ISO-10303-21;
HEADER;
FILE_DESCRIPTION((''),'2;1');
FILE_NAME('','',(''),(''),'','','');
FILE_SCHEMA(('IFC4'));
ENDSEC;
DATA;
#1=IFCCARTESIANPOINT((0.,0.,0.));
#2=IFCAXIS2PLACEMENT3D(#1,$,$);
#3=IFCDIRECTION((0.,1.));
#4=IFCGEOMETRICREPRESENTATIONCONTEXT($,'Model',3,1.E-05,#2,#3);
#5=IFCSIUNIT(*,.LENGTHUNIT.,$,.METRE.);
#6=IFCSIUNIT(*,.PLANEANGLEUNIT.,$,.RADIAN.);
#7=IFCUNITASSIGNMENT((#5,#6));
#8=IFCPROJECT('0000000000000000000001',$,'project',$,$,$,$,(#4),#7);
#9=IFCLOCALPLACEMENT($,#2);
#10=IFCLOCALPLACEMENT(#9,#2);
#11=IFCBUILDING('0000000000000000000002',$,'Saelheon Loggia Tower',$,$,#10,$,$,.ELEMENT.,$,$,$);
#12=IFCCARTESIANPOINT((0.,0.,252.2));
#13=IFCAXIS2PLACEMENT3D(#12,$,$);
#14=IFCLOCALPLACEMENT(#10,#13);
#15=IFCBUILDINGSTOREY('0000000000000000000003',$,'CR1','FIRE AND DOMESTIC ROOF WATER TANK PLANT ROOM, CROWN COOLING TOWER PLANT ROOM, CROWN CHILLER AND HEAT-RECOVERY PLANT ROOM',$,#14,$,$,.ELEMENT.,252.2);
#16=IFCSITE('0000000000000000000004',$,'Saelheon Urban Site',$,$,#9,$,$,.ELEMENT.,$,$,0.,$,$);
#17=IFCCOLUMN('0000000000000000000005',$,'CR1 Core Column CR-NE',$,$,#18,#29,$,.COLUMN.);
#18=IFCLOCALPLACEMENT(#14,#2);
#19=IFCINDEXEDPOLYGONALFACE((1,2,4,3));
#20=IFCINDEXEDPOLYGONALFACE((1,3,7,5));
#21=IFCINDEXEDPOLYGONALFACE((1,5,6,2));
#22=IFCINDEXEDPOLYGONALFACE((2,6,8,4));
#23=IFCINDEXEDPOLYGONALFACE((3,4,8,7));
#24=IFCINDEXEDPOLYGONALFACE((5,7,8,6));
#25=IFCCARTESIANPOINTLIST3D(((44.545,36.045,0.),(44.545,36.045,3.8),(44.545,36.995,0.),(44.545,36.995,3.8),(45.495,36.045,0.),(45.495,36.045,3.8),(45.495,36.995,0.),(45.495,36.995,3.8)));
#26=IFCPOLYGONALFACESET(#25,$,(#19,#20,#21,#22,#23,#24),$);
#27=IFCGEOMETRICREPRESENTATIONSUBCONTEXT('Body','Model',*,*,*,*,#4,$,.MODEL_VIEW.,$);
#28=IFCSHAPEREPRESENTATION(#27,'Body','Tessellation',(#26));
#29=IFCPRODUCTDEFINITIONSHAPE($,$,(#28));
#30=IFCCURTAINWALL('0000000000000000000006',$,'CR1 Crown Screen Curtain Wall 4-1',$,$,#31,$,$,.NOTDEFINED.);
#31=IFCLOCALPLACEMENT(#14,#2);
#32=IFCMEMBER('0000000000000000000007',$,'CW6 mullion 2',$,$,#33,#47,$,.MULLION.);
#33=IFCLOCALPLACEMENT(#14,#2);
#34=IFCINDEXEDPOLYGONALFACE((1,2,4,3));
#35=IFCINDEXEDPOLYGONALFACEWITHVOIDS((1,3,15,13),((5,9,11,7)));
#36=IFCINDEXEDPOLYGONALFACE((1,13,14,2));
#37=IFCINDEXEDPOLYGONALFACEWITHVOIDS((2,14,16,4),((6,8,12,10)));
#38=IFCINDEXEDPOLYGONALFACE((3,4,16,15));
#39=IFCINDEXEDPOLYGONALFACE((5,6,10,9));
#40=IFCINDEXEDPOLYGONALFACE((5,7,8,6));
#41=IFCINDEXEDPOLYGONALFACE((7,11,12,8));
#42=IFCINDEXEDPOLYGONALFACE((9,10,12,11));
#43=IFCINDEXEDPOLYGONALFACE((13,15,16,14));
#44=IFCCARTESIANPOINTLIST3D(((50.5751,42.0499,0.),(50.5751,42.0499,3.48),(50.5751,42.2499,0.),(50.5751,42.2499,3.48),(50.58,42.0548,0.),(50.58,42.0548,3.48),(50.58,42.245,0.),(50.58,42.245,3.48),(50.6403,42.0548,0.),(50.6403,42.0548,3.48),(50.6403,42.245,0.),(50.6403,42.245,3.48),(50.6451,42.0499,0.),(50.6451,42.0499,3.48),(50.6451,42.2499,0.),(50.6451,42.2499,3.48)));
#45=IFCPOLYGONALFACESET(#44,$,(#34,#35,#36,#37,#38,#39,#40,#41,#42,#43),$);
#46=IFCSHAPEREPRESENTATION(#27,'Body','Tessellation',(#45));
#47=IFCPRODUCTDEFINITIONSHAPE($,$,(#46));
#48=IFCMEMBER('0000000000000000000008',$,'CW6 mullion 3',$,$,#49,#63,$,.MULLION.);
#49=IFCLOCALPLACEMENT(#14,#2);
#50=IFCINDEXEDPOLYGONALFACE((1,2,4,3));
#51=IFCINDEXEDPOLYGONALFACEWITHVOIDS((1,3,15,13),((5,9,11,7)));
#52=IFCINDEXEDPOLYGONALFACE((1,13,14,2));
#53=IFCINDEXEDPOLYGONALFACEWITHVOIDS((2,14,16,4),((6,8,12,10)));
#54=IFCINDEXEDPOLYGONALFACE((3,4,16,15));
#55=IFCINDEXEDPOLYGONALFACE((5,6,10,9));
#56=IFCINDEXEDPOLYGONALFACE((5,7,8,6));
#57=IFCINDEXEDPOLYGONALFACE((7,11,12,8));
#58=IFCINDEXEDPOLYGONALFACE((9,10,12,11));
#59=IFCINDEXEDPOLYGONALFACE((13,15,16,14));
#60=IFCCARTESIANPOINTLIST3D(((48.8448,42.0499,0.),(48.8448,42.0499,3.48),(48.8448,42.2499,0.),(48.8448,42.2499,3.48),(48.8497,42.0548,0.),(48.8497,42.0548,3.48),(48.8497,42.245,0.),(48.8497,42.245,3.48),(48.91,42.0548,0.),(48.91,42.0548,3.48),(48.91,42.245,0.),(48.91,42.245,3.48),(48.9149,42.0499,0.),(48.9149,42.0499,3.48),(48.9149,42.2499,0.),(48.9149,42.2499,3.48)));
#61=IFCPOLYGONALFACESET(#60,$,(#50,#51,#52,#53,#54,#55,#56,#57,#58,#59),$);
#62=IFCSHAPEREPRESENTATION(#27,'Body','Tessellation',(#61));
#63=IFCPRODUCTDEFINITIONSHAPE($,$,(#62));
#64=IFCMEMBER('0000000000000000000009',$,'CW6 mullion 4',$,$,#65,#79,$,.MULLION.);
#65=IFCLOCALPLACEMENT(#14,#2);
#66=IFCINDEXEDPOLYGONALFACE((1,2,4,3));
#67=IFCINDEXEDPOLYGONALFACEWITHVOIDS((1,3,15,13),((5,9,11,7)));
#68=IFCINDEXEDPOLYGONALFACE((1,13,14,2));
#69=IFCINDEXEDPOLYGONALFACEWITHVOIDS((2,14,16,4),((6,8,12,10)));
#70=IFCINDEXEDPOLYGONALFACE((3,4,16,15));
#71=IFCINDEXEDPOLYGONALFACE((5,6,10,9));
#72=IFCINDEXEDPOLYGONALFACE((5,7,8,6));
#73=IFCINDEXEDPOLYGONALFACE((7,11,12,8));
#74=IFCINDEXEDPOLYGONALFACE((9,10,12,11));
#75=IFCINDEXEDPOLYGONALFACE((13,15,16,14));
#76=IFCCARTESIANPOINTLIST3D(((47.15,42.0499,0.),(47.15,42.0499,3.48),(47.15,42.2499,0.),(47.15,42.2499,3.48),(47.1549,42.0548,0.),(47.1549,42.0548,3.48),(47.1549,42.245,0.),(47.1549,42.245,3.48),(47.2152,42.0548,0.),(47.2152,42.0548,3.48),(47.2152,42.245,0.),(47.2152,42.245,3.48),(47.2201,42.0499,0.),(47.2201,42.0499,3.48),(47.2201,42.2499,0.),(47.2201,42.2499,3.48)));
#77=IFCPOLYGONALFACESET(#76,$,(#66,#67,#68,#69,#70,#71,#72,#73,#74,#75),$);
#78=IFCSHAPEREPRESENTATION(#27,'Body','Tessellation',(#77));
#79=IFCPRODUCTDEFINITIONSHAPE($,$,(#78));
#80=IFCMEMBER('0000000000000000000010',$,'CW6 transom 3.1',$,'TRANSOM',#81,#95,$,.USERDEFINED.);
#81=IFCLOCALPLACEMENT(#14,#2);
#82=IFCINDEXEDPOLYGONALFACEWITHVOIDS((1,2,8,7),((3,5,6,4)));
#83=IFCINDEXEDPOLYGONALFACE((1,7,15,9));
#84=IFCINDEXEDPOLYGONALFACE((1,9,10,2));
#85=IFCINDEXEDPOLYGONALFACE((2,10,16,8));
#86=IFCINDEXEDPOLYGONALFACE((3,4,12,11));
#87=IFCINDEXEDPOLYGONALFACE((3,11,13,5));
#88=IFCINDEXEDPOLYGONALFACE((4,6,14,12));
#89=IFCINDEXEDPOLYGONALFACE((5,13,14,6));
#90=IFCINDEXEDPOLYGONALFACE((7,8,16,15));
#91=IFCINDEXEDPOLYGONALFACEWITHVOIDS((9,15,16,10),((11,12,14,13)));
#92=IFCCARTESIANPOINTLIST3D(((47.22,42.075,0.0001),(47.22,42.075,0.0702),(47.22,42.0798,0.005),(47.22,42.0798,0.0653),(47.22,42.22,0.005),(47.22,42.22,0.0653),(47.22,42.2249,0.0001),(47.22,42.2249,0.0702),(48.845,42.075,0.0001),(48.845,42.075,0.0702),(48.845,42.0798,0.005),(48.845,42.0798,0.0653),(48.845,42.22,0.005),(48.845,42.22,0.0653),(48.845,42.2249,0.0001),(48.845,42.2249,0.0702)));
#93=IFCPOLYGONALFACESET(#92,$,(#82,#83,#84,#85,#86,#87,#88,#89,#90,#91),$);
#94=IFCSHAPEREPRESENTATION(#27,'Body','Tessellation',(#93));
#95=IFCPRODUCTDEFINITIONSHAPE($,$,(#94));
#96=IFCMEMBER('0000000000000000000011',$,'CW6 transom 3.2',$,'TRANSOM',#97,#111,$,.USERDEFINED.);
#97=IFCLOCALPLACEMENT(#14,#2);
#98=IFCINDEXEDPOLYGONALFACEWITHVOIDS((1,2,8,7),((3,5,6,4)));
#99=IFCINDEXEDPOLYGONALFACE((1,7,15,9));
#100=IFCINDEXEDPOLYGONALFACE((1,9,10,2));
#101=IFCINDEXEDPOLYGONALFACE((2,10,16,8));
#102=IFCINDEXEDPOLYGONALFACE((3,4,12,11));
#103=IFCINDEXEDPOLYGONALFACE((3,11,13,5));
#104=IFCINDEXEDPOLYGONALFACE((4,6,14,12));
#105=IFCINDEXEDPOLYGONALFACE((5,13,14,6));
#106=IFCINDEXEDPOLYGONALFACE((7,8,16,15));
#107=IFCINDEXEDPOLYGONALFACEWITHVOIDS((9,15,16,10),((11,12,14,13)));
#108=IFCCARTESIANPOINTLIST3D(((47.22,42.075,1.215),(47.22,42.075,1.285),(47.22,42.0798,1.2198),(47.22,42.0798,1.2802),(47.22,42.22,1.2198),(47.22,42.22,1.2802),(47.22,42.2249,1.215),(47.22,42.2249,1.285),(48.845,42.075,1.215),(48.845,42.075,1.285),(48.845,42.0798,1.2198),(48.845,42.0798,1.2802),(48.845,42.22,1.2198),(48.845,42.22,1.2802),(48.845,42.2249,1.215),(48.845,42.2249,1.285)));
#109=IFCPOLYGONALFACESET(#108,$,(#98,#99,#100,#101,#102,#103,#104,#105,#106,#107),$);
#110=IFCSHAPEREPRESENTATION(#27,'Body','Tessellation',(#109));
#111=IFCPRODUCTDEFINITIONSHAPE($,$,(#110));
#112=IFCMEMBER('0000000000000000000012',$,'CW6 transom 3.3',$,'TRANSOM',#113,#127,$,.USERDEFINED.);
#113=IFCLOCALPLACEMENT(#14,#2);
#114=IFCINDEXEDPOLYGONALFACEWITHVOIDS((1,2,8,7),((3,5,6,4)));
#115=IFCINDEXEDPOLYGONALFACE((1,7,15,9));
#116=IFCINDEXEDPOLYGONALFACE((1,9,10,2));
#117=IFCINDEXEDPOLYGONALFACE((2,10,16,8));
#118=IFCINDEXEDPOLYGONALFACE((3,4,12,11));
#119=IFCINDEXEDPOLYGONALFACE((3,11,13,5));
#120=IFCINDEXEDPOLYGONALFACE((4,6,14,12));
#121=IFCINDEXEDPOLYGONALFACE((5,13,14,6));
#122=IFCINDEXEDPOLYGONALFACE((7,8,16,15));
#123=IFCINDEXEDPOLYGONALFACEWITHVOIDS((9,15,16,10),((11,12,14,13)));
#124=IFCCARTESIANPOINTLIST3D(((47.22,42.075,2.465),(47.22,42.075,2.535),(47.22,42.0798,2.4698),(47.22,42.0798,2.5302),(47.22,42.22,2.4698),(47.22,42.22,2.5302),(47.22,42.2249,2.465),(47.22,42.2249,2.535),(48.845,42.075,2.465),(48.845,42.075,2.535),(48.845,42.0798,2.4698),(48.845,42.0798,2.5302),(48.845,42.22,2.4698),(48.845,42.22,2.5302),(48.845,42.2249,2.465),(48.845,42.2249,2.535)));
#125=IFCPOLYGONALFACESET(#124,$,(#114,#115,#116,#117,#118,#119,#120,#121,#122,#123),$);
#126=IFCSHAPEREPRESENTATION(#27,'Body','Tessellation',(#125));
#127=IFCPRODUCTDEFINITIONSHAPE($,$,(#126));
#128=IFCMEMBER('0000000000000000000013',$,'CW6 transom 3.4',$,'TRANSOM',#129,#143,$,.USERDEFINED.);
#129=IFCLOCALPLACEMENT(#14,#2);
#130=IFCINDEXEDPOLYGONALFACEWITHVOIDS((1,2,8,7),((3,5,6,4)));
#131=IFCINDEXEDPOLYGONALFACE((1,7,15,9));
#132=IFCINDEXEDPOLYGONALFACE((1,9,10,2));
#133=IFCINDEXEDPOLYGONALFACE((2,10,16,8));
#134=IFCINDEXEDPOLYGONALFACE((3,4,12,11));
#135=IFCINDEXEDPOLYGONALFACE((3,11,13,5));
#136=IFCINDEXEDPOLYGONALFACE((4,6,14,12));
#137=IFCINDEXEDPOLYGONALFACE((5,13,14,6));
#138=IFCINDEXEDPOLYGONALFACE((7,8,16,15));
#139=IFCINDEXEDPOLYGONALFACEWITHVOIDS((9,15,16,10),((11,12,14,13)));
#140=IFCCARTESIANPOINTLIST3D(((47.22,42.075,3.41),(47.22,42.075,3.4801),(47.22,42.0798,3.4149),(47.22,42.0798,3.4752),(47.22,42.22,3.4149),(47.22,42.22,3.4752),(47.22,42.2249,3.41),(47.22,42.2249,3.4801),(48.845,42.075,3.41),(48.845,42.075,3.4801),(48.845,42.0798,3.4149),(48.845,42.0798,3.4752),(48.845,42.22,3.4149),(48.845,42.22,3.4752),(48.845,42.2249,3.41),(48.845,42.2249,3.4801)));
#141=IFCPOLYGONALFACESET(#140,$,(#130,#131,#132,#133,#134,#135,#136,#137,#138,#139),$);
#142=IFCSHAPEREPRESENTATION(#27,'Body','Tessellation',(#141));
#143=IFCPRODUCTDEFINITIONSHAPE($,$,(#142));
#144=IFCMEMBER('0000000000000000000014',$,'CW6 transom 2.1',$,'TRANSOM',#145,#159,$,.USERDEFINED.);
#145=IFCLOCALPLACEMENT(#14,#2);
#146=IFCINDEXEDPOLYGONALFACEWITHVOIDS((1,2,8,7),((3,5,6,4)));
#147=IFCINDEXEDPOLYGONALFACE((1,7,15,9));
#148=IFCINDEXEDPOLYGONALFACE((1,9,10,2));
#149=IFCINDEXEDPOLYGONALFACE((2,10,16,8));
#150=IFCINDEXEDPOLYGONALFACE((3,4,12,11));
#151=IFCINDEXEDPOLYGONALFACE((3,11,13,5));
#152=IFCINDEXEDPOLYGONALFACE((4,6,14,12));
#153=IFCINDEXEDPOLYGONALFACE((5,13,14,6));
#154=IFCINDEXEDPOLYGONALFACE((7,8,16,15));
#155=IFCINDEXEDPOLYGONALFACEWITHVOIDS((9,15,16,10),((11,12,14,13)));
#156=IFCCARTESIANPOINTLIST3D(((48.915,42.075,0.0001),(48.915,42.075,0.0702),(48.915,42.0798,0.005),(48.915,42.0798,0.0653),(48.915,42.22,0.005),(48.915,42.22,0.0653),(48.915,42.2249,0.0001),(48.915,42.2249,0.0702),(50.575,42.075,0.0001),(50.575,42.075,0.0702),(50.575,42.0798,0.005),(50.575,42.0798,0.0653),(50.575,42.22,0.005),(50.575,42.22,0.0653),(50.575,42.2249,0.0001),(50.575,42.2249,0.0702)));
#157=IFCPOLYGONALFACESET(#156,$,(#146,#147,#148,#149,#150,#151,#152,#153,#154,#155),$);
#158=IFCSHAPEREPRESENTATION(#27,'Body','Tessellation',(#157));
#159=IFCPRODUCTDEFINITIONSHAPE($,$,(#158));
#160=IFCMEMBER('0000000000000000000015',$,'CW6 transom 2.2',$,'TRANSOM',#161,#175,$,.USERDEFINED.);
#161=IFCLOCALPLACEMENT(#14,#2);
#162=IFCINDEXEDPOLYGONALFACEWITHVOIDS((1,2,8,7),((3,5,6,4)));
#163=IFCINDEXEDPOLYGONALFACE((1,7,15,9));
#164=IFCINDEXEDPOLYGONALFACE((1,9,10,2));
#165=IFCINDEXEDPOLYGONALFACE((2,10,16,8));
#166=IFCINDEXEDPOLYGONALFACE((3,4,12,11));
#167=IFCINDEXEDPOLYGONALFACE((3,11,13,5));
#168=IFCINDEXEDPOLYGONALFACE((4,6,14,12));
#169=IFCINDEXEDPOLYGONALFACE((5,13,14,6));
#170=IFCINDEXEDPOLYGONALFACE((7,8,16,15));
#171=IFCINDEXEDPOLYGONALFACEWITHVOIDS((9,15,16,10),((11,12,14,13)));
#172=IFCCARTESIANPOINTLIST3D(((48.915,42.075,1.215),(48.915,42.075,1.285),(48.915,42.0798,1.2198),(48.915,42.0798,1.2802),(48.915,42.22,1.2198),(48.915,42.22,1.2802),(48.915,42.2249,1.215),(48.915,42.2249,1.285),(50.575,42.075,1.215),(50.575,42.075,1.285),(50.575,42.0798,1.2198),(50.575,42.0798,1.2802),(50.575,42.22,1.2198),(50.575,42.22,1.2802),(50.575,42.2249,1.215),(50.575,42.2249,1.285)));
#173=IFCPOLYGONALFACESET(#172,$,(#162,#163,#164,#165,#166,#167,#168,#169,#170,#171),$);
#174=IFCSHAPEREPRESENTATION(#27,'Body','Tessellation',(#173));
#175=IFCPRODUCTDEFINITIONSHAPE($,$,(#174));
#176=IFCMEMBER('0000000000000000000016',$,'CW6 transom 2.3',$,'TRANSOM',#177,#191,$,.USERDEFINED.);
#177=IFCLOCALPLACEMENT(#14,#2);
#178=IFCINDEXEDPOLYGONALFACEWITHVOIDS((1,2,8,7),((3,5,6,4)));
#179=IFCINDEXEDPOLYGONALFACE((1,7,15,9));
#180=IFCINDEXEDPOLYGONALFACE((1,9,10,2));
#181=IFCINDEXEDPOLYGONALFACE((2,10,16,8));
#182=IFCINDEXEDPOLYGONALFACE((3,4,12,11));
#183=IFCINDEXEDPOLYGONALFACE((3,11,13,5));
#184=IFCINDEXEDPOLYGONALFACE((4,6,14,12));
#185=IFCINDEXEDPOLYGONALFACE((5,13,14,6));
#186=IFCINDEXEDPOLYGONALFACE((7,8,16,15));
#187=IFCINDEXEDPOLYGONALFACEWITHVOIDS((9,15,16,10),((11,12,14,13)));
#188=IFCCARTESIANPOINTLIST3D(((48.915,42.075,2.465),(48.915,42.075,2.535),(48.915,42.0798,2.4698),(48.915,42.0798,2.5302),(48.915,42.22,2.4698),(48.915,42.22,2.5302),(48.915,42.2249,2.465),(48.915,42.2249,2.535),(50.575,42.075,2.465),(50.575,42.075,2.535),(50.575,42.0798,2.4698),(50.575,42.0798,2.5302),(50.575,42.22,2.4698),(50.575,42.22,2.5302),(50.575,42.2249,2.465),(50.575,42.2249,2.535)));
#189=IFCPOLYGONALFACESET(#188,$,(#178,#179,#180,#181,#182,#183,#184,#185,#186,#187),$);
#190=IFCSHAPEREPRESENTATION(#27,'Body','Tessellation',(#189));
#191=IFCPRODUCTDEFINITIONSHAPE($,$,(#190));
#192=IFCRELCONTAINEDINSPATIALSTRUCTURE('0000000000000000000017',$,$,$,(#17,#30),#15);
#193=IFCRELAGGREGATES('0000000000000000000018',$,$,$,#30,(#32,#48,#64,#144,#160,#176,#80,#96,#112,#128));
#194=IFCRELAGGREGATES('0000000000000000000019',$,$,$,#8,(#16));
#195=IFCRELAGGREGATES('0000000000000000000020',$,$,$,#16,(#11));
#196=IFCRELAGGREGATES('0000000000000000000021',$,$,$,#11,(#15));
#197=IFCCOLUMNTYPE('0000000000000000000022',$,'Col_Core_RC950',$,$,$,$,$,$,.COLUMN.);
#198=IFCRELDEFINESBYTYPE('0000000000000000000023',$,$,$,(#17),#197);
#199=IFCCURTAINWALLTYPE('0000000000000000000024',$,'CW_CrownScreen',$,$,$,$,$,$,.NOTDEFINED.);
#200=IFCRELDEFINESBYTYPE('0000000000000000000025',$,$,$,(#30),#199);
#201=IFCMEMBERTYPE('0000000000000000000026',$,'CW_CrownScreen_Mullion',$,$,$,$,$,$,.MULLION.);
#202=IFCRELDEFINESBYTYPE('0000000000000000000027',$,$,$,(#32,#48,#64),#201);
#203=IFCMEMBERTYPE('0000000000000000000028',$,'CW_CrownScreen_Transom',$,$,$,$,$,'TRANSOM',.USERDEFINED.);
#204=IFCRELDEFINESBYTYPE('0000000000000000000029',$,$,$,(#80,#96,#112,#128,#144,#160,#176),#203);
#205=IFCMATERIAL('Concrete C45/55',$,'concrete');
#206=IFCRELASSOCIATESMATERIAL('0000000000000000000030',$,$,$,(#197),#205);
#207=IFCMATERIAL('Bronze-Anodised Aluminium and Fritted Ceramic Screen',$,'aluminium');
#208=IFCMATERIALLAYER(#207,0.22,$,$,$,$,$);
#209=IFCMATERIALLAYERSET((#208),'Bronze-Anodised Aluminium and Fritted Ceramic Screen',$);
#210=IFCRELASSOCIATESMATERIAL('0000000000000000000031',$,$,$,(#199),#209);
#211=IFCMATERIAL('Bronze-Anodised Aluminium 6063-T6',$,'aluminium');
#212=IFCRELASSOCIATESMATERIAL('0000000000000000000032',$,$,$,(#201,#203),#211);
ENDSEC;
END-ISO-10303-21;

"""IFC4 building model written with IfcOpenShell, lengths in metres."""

from ifc_helpers import new_model, si_unit, direction, frame, origin, origin_2d, place, context, subcontext, project, spatial, rectangle, hollow_rectangle, extrude, source, transform, mapped, material, layer, layer_set, material_profile, profile_set, type_object, element, aggregate, save


model = new_model("IFC4")

# Units and contexts
model_context = context("Model", 3, precision=1e-05, world=origin(), true_north=direction((0.0, 1.0)))
body_context = subcontext(model_context, "Body", "Model", "MODEL_VIEW")
ifc_project = project(units=[si_unit("LENGTHUNIT", "METRE"), si_unit("PLANEANGLEUNIT", "RADIAN")], contexts=[model_context])

# Site, building, storey
site_placement = place(None, origin())
site = spatial("IfcSite", under=ifc_project, at=site_placement, Name="Saelheon Urban Site", CompositionType="ELEMENT", RefElevation=0.0)
building_placement = place(site_placement, origin())
building = spatial("IfcBuilding", under=site, at=building_placement, Name="Saelheon Loggia Tower", CompositionType="ELEMENT")
storey_placement = place(building_placement, frame((0.0, 0.0, 252.2)))
storey = spatial("IfcBuildingStorey", under=building, at=storey_placement, Name="CR1", Description="FIRE AND DOMESTIC ROOF WATER TANK PLANT ROOM, CROWN COOLING TOWER PLANT ROOM, CROWN CHILLER AND HEAT-RECOVERY PLANT ROOM", CompositionType="ELEMENT", Elevation=252.2)

# Column
ifc_material_1 = material(Name="Concrete C45/55", Category="concrete")
ifc_material_profile_1 = material_profile(ifc_material_1, rectangle(XDim=0.95, YDim=0.95, at=origin_2d()), Name="RC-950x950")
ifc_profile_set_1 = profile_set([ifc_material_profile_1], Name="Concrete C45/55")
column_type = type_object("IfcColumnType", Name="Col_Core_RC950", PredefinedType="COLUMN", material=ifc_profile_set_1)
shared_shape_1 = source(origin(), body_context, "Body", "SweptSolid", [
    extrude(rectangle(XDim=0.95, YDim=0.95, at=origin_2d()), origin(), (0.0, 0.0, 1.0), 3.8),
])
column_placement = place(storey_placement, frame((45.02, 36.52, 0.0), z_axis=(0.0, 0.0, 1.0), x_axis=(1.0, 0.0, 0.0)))
element("IfcColumn", 1, at=column_placement, inside=storey, type_object=column_type, Name="CR1 Core Column CR-NE", PredefinedType="COLUMN", context=body_context, shape_type="MappedRepresentation", body=[
    mapped(shared_shape_1, transform((0.0, 0.0, 0.0), scale=1.0)),
])

# Curtain wall, members
ifc_material_2 = material(Name="Bronze-Anodised Aluminium and Fritted Ceramic Screen", Category="aluminium")
ifc_layer_1 = layer(ifc_material_2, 0.22)
ifc_layer_set_1 = layer_set([ifc_layer_1], Name="Bronze-Anodised Aluminium and Fritted Ceramic Screen")
curtain_wall_type = type_object("IfcCurtainWallType", Name="CW_CrownScreen", PredefinedType="NOTDEFINED", material=ifc_layer_set_1)
curtain_wall_placement = place(storey_placement, origin())
curtain_wall = element("IfcCurtainWall", 2, at=curtain_wall_placement, inside=storey, type_object=curtain_wall_type, Name="CR1 Crown Screen Curtain Wall 4-1", PredefinedType="NOTDEFINED")
ifc_material_3 = material(Name="Bronze-Anodised Aluminium 6063-T6", Category="aluminium")
ifc_material_profile_2 = material_profile(ifc_material_3, hollow_rectangle(XDim=0.0701, YDim=0.2, WallThickness=0.0049, at=origin_2d()), Name="RHS-200x70x5")
ifc_profile_set_2 = profile_set([ifc_material_profile_2], Name="Bronze-Anodised Aluminium 6063-T6")
member_type_1 = type_object("IfcMemberType", Name="CW_CrownScreen_Mullion", PredefinedType="MULLION", material=ifc_profile_set_2)
shared_shape_2 = source(origin(), body_context, "Body", "SweptSolid", [
    extrude(hollow_rectangle(XDim=0.0701, YDim=0.2, WallThickness=0.0049, at=origin_2d()), origin(), (0.0, 0.0, 1.0), 3.48),
])
member_1_placement = place(storey_placement, frame((50.6101, 42.1499, 0.0), z_axis=(0.0, 0.0, 1.0), x_axis=(-1.0, 0.0, 0.0)))
member_1 = element("IfcMember", 3, at=member_1_placement, type_object=member_type_1, Name="CW6 mullion 2", PredefinedType="MULLION", context=body_context, shape_type="MappedRepresentation", body=[
    mapped(shared_shape_2, transform((0.0, 0.0, 0.0), scale=1.0)),
])
member_2_placement = place(storey_placement, frame((48.8799, 42.1499, 0.0), z_axis=(0.0, 0.0, 1.0), x_axis=(-1.0, 0.0, 0.0)))
member_2 = element("IfcMember", 4, at=member_2_placement, type_object=member_type_1, Name="CW6 mullion 3", PredefinedType="MULLION", context=body_context, shape_type="MappedRepresentation", body=[
    mapped(shared_shape_2, transform((0.0, 0.0, 0.0), scale=1.0)),
])
member_3_placement = place(storey_placement, frame((47.1851, 42.1499, 0.0), z_axis=(0.0, 0.0, 1.0), x_axis=(-1.0, 0.0, 0.0)))
member_3 = element("IfcMember", 5, at=member_3_placement, type_object=member_type_1, Name="CW6 mullion 4", PredefinedType="MULLION", context=body_context, shape_type="MappedRepresentation", body=[
    mapped(shared_shape_2, transform((0.0, 0.0, 0.0), scale=1.0)),
])
ifc_material_profile_3 = material_profile(ifc_material_3, hollow_rectangle(XDim=0.0701, YDim=0.1499, WallThickness=0.0049, at=origin_2d()), Name="RHS-150x70x5")
ifc_profile_set_3 = profile_set([ifc_material_profile_3], Name="Bronze-Anodised Aluminium 6063-T6")
member_type_2 = type_object("IfcMemberType", Name="CW_CrownScreen_Transom", ElementType="TRANSOM", PredefinedType="USERDEFINED", material=ifc_profile_set_3)
shared_shape_3 = source(origin(), body_context, "Body", "SweptSolid", [
    extrude(hollow_rectangle(XDim=0.0701, YDim=0.1499, WallThickness=0.0049, at=origin_2d()), origin(), (0.0, 0.0, 1.0), 1.625),
])
member_4_placement = place(storey_placement, frame((48.845, 42.1499, 0.0352), z_axis=(-1.0, 0.0, 0.0), x_axis=(0.0, 0.0, 1.0)))
member_4 = element("IfcMember", 6, at=member_4_placement, type_object=member_type_2, Name="CW6 transom 3.1", ObjectType="TRANSOM", PredefinedType="USERDEFINED", context=body_context, shape_type="MappedRepresentation", body=[
    mapped(shared_shape_3, transform((0.0, 0.0, 0.0), scale=1.0)),
])
member_5_placement = place(storey_placement, frame((48.845, 42.1499, 1.25), z_axis=(-1.0, 0.0, 0.0), x_axis=(0.0, 0.0, 1.0)))
member_5 = element("IfcMember", 7, at=member_5_placement, type_object=member_type_2, Name="CW6 transom 3.2", ObjectType="TRANSOM", PredefinedType="USERDEFINED", context=body_context, shape_type="MappedRepresentation", body=[
    mapped(shared_shape_3, transform((0.0, 0.0, 0.0), scale=1.0)),
])
member_6_placement = place(storey_placement, frame((48.845, 42.1499, 2.5), z_axis=(-1.0, 0.0, 0.0), x_axis=(0.0, 0.0, 1.0)))
member_6 = element("IfcMember", 8, at=member_6_placement, type_object=member_type_2, Name="CW6 transom 3.3", ObjectType="TRANSOM", PredefinedType="USERDEFINED", context=body_context, shape_type="MappedRepresentation", body=[
    mapped(shared_shape_3, transform((0.0, 0.0, 0.0), scale=1.0)),
])
member_7_placement = place(storey_placement, frame((48.845, 42.1499, 3.4451), z_axis=(-1.0, 0.0, 0.0), x_axis=(0.0, 0.0, 1.0)))
member_7 = element("IfcMember", 9, at=member_7_placement, type_object=member_type_2, Name="CW6 transom 3.4", ObjectType="TRANSOM", PredefinedType="USERDEFINED", context=body_context, shape_type="MappedRepresentation", body=[
    mapped(shared_shape_3, transform((0.0, 0.0, 0.0), scale=1.0)),
])
shared_shape_4 = source(origin(), body_context, "Body", "SweptSolid", [
    extrude(hollow_rectangle(XDim=0.0701, YDim=0.1499, WallThickness=0.0049, at=origin_2d()), origin(), (0.0, 0.0, 1.0), 1.6599),
])
member_8_placement = place(storey_placement, frame((50.575, 42.1499, 0.0352), z_axis=(-1.0, 0.0, 0.0), x_axis=(0.0, 0.0, 1.0)))
member_8 = element("IfcMember", 10, at=member_8_placement, type_object=member_type_2, Name="CW6 transom 2.1", ObjectType="TRANSOM", PredefinedType="USERDEFINED", context=body_context, shape_type="MappedRepresentation", body=[
    mapped(shared_shape_4, transform((0.0, 0.0, 0.0), scale=1.0)),
])
member_9_placement = place(storey_placement, frame((50.575, 42.1499, 1.25), z_axis=(-1.0, 0.0, 0.0), x_axis=(0.0, 0.0, 1.0)))
member_9 = element("IfcMember", 11, at=member_9_placement, type_object=member_type_2, Name="CW6 transom 2.2", ObjectType="TRANSOM", PredefinedType="USERDEFINED", context=body_context, shape_type="MappedRepresentation", body=[
    mapped(shared_shape_4, transform((0.0, 0.0, 0.0), scale=1.0)),
])
member_10_placement = place(storey_placement, frame((50.575, 42.1499, 2.5), z_axis=(-1.0, 0.0, 0.0), x_axis=(0.0, 0.0, 1.0)))
member_10 = element("IfcMember", 12, at=member_10_placement, type_object=member_type_2, Name="CW6 transom 2.3", ObjectType="TRANSOM", PredefinedType="USERDEFINED", context=body_context, shape_type="MappedRepresentation", body=[
    mapped(shared_shape_4, transform((0.0, 0.0, 0.0), scale=1.0)),
])
aggregate(curtain_wall, [member_1, member_2, member_3, member_8, member_9, member_10, member_4, member_5, member_6, member_7])

save(model, "model.ifc")
